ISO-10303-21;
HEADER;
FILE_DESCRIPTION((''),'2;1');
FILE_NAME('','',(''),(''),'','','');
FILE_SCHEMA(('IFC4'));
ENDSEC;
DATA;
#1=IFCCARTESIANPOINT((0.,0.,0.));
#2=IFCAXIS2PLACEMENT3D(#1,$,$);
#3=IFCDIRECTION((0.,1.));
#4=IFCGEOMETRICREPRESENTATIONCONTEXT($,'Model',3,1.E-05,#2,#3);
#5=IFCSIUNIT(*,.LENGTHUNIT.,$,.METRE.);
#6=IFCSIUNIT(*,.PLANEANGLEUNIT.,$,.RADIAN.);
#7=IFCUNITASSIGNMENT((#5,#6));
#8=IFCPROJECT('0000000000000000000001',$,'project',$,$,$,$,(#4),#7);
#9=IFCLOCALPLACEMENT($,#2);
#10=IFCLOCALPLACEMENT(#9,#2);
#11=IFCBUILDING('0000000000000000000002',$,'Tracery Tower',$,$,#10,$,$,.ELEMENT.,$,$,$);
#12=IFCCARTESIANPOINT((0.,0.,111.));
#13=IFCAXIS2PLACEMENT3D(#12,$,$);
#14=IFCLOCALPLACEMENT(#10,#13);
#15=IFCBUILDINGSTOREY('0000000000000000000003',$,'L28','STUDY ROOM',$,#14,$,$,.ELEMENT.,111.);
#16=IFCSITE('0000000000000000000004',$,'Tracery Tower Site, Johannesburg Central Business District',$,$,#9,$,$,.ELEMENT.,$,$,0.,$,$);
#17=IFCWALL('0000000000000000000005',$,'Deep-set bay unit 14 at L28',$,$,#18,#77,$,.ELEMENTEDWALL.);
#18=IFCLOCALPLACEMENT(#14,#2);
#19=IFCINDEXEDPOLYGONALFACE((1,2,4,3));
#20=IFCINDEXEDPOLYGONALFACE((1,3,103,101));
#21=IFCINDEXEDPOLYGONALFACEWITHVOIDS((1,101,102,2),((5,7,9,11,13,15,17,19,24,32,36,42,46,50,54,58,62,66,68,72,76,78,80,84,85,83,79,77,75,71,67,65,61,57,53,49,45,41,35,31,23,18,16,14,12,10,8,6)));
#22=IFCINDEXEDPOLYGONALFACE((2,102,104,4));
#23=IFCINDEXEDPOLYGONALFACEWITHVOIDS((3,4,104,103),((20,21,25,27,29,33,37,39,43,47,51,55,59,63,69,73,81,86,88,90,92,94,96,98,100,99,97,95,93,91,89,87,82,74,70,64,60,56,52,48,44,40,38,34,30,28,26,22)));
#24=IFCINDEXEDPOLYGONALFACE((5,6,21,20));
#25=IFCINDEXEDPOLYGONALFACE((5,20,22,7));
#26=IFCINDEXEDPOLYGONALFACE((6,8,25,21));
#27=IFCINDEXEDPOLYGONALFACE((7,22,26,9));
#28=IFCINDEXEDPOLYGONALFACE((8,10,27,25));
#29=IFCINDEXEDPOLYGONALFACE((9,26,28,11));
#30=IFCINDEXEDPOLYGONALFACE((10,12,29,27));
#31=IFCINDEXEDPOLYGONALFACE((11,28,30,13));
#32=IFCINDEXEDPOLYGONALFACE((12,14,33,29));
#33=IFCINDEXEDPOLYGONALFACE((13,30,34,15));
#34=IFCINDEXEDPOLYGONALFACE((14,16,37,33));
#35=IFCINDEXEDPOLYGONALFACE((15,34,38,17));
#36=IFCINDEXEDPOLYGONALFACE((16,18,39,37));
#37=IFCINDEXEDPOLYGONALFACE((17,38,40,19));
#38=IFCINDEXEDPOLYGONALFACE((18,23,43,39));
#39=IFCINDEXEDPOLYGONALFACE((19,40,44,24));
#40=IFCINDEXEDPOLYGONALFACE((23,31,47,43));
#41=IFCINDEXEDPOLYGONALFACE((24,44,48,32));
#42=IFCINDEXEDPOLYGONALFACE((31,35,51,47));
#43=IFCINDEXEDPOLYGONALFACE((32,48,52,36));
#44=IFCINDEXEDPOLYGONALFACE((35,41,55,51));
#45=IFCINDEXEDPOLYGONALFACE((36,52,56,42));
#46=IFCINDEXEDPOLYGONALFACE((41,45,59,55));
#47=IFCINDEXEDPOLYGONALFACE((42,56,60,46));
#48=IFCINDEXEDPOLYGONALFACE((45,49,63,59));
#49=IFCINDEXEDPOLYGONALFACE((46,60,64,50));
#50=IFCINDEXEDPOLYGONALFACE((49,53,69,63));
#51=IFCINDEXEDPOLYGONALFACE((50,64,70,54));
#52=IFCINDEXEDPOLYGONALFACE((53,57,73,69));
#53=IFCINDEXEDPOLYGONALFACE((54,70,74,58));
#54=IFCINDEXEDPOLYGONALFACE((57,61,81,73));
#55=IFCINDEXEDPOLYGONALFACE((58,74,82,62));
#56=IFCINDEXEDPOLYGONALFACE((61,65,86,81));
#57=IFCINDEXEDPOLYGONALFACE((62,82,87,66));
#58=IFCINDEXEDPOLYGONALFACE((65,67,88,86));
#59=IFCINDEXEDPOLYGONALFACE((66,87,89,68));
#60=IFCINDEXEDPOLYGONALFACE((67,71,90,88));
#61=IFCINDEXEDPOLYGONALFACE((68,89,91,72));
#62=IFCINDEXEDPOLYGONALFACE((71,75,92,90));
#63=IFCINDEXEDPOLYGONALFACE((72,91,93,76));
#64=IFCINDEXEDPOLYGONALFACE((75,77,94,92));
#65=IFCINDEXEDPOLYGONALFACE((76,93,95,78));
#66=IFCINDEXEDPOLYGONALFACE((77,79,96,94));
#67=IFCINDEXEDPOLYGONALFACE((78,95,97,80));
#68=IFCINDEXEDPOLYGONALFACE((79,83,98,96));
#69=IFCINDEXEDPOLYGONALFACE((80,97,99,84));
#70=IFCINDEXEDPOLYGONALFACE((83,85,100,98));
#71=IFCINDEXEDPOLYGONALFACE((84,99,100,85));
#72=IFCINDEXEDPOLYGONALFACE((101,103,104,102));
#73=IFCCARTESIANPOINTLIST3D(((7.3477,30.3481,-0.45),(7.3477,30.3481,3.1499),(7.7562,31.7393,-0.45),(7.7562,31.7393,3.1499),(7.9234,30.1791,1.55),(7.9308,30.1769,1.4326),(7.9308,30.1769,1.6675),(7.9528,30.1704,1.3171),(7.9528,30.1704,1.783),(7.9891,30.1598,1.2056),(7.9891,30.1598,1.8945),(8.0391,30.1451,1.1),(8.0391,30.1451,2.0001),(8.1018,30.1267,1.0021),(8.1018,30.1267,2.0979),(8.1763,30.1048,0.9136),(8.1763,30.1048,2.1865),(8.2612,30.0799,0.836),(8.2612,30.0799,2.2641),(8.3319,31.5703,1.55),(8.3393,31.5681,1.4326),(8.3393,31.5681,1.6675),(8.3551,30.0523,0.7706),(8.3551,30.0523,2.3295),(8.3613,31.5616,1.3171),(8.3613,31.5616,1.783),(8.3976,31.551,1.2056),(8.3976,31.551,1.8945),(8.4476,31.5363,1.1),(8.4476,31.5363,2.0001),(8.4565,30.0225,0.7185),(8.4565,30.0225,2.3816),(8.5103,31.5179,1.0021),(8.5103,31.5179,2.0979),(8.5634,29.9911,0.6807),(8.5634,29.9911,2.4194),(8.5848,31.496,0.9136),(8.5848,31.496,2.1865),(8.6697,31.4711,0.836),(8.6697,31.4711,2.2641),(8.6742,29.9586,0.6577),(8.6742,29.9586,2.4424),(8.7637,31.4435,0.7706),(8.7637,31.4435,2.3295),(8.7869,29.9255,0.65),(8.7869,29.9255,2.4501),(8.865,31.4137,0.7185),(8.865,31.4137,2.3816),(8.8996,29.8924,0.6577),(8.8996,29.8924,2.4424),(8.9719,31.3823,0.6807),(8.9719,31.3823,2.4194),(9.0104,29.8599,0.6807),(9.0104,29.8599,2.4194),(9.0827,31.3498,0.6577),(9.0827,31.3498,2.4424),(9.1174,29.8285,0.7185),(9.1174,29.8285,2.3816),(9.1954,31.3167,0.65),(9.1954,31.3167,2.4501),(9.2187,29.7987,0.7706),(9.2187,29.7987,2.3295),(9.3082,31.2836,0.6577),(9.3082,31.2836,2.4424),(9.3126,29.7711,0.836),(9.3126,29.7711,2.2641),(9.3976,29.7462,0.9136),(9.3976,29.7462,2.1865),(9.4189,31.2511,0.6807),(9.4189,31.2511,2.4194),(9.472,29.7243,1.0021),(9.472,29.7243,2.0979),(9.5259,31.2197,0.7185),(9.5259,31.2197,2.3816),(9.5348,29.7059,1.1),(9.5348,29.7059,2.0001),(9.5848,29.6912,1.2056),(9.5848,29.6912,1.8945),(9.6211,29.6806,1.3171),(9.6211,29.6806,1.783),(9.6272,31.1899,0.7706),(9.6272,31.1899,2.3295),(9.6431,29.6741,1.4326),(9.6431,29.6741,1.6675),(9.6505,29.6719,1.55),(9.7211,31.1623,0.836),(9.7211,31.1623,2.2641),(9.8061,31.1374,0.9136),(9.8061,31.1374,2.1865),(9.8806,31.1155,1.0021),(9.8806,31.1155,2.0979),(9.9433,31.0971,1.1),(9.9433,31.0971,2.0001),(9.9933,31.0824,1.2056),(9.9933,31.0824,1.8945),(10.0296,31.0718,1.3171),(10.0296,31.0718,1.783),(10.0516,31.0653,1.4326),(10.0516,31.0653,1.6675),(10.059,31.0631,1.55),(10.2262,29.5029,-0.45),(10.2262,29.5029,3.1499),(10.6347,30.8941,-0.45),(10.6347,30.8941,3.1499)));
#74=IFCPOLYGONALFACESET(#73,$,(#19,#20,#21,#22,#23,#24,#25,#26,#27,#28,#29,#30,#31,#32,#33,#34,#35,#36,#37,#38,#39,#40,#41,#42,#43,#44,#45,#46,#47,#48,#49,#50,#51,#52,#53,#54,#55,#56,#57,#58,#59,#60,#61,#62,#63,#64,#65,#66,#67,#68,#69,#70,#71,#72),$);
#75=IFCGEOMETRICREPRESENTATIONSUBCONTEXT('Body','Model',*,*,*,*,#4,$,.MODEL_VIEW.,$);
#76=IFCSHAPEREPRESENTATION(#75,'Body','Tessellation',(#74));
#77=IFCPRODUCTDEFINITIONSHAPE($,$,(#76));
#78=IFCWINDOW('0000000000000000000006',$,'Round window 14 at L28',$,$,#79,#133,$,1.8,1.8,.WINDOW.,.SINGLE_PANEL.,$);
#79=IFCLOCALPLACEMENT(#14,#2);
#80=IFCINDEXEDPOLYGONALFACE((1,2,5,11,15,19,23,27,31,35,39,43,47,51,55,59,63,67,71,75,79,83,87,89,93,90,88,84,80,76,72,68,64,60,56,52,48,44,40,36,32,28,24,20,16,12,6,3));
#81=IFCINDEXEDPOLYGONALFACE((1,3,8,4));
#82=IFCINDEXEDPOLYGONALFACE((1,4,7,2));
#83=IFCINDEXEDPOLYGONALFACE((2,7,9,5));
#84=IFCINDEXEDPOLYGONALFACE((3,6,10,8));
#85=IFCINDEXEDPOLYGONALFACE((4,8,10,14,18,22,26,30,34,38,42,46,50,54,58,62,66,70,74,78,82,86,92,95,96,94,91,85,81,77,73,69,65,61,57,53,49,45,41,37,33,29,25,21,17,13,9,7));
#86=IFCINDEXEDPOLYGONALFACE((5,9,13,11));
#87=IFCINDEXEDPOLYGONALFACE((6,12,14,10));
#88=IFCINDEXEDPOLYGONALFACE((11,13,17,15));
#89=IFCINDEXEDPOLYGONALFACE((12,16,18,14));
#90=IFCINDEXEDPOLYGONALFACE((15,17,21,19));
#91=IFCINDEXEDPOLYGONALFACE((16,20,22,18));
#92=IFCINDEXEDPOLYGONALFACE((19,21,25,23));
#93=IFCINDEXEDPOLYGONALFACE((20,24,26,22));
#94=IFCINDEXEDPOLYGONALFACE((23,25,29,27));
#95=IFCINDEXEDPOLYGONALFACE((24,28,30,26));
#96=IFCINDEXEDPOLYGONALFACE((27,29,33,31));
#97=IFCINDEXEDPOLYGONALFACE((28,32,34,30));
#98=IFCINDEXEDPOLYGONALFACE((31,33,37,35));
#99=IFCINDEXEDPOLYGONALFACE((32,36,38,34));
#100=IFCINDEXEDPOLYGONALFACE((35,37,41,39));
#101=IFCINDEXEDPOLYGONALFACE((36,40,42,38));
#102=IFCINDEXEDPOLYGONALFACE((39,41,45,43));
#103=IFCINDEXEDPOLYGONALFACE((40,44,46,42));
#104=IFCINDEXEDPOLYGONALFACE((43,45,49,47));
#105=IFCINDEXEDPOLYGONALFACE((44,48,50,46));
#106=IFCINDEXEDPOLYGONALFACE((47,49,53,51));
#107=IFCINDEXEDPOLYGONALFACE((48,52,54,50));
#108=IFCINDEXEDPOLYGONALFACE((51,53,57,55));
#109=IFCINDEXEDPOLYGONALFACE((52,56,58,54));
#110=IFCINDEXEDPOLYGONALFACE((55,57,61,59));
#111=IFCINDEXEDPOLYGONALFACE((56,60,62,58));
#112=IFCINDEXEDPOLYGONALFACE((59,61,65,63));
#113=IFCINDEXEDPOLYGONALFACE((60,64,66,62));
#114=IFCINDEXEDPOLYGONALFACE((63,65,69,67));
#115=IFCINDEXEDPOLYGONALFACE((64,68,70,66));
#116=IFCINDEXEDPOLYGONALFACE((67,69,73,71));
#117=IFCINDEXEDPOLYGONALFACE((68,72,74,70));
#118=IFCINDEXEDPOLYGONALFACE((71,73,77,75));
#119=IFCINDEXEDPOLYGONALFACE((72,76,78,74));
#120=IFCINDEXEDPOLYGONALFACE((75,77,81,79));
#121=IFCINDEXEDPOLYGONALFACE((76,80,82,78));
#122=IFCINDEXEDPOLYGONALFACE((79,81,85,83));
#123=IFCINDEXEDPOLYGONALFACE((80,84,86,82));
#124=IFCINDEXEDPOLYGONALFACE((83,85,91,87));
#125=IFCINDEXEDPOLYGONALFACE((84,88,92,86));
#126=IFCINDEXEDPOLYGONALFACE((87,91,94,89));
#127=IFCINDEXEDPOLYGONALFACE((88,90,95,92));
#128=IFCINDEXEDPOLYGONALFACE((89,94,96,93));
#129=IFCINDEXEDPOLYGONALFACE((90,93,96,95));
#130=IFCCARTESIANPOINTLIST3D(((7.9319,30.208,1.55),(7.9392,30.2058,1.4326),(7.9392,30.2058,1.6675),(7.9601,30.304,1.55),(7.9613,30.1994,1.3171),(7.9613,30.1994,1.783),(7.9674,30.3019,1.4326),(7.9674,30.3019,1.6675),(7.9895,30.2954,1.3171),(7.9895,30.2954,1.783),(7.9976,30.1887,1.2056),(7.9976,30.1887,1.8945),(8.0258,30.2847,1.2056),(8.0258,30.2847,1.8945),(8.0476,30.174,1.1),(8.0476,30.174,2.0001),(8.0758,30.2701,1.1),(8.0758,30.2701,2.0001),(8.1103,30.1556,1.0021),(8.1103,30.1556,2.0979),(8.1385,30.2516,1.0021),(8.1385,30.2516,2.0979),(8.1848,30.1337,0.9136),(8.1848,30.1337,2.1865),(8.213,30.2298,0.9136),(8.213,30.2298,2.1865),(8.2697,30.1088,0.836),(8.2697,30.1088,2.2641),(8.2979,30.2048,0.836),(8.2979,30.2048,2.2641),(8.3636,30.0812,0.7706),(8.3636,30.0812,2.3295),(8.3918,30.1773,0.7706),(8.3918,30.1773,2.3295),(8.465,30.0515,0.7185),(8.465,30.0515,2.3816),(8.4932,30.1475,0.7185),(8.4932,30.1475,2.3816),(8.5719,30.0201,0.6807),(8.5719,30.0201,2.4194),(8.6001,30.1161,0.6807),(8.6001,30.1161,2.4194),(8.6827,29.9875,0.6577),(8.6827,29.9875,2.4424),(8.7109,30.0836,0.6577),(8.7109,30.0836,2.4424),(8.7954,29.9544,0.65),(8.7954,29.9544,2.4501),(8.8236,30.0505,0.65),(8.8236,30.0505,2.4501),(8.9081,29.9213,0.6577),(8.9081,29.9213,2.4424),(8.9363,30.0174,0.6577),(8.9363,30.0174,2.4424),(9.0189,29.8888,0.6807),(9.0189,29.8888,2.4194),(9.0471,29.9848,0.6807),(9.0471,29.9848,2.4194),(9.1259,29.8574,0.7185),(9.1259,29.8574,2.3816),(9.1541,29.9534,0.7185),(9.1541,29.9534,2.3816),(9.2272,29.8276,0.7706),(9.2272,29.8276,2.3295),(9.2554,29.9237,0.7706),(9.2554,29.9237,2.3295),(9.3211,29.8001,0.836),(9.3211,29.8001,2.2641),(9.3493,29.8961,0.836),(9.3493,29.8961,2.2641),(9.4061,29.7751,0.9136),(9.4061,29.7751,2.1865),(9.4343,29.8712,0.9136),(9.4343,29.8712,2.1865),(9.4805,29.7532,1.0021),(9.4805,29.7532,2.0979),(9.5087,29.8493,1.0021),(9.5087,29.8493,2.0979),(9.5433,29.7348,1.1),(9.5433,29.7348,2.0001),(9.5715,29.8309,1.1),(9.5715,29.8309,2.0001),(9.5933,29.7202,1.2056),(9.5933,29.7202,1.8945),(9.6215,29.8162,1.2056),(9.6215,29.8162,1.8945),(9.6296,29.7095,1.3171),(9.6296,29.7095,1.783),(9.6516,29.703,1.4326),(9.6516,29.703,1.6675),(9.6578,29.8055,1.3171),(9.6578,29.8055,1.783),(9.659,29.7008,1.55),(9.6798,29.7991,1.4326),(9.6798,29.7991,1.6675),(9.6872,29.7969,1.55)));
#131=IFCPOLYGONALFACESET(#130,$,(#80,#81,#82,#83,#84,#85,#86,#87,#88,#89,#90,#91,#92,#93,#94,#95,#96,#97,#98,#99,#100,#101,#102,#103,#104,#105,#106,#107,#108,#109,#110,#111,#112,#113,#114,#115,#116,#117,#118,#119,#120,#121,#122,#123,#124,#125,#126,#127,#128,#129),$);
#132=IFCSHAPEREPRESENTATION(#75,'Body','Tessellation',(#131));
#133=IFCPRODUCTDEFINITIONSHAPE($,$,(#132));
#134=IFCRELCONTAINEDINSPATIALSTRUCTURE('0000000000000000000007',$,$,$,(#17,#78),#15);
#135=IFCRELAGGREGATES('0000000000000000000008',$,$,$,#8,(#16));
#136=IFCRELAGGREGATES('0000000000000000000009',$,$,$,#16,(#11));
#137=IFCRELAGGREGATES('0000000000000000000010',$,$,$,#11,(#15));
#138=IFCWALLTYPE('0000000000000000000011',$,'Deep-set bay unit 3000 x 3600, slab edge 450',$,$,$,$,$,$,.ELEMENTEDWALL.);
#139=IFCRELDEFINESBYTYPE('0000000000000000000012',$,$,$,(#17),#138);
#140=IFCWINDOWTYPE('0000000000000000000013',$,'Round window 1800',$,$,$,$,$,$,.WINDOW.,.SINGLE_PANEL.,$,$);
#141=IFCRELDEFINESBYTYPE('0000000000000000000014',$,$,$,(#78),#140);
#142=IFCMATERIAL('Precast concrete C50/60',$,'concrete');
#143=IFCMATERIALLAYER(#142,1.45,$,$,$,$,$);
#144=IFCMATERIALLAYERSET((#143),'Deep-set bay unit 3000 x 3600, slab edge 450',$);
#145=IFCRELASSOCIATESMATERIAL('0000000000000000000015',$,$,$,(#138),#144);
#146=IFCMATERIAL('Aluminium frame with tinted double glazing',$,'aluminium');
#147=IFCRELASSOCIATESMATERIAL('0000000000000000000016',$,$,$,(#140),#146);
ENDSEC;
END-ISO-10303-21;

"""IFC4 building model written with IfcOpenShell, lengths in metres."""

from ifc_helpers import new_model, si_unit, direction, frame, frame_2d, origin, origin_2d, place, context, subcontext, project, spatial, rectangle, circle, extrude, material, layer, layer_set, type_object, element, fill, save


model = new_model("IFC4")

# Units and contexts
model_context = context("Model", 3, precision=1e-05, world=origin(), true_north=direction((0.0, 1.0)))
body_context = subcontext(model_context, "Body", "Model", "MODEL_VIEW")
ifc_project = project(units=[si_unit("LENGTHUNIT", "METRE"), si_unit("PLANEANGLEUNIT", "RADIAN")], contexts=[model_context])

# Site, building, storey
site_placement = place(None, origin())
site = spatial("IfcSite", under=ifc_project, at=site_placement, Name="Tracery Tower Site, Johannesburg Central Business District", CompositionType="ELEMENT", RefElevation=0.0)
building_placement = place(site_placement, origin())
building = spatial("IfcBuilding", under=site, at=building_placement, Name="Tracery Tower", CompositionType="ELEMENT")
storey_placement = place(building_placement, frame((0.0, 0.0, 111.0)))
storey = spatial("IfcBuildingStorey", under=building, at=storey_placement, Name="L28", Description="STUDY ROOM", CompositionType="ELEMENT", Elevation=111.0)

# Wall, opening, window
ifc_material_1 = material(Name="Precast concrete C50/60", Category="concrete")
ifc_layer_1 = layer(ifc_material_1, 1.45)
ifc_layer_set_1 = layer_set([ifc_layer_1], Name="Deep-set bay unit 3000 x 3600, slab edge 450")
wall_type_1 = type_object("IfcWallType", Name="Deep-set bay unit 3000 x 3600, slab edge 450", PredefinedType="ELEMENTEDWALL", material=ifc_layer_set_1)
wall_1_placement = place(storey_placement, frame((10.4304, 30.1985, -0.45), z_axis=(0.0, 0.0, 1.0), x_axis=(-0.95949, 0.281743, 0.0)))
wall_1 = element("IfcWall", 1, at=wall_1_placement, inside=storey, type_object=wall_type_1, Name="Deep-set bay unit 14 at L28", PredefinedType="ELEMENTEDWALL", context=body_context, shape_type="SweptSolid", body=[
    extrude(rectangle(XDim=3.0, YDim=1.45, at=frame_2d((1.5, 0.0))), origin(), (0.0, 0.0, 1.0), 3.5999),
])
opening_1_placement = place(wall_1_placement, frame((1.5, 0.0, 2.0)))
opening_1 = element("IfcOpeningElement", 2, at=opening_1_placement, cuts=wall_1, PredefinedType="OPENING", context=body_context, shape_type="SweptSolid", body=[
    extrude(circle(Radius=0.9, at=origin_2d()), frame((0.0, 0.7349, 0.0), z_axis=(0.0, -1.0, 0.0), x_axis=(1.0, 0.0, 0.0)), (0.0, 0.0, 1.0), 1.47),
])
ifc_material_2 = material(Name="Aluminium frame with tinted double glazing", Category="aluminium")
window_type = type_object("IfcWindowType", Name="Round window 1800", PartitioningType="SINGLE_PANEL", PredefinedType="WINDOW", material=ifc_material_2)
window_1_placement = place(opening_1_placement, origin())
window_1 = element("IfcWindow", 3, at=window_1_placement, inside=storey, type_object=window_type, Name="Round window 14 at L28", OverallHeight=1.8, OverallWidth=1.8, PartitioningType="SINGLE_PANEL", PredefinedType="WINDOW", context=body_context, shape_type="SweptSolid", body=[
    extrude(circle(Radius=0.9, at=origin_2d()), frame((0.0, 0.6948, 0.0), z_axis=(0.0, -1.0, 0.0), x_axis=(1.0, 0.0, 0.0)), (0.0, 0.0, 1.0), 0.1001),
])
fill(opening_1, window_1)

save(model, "model.ifc")
